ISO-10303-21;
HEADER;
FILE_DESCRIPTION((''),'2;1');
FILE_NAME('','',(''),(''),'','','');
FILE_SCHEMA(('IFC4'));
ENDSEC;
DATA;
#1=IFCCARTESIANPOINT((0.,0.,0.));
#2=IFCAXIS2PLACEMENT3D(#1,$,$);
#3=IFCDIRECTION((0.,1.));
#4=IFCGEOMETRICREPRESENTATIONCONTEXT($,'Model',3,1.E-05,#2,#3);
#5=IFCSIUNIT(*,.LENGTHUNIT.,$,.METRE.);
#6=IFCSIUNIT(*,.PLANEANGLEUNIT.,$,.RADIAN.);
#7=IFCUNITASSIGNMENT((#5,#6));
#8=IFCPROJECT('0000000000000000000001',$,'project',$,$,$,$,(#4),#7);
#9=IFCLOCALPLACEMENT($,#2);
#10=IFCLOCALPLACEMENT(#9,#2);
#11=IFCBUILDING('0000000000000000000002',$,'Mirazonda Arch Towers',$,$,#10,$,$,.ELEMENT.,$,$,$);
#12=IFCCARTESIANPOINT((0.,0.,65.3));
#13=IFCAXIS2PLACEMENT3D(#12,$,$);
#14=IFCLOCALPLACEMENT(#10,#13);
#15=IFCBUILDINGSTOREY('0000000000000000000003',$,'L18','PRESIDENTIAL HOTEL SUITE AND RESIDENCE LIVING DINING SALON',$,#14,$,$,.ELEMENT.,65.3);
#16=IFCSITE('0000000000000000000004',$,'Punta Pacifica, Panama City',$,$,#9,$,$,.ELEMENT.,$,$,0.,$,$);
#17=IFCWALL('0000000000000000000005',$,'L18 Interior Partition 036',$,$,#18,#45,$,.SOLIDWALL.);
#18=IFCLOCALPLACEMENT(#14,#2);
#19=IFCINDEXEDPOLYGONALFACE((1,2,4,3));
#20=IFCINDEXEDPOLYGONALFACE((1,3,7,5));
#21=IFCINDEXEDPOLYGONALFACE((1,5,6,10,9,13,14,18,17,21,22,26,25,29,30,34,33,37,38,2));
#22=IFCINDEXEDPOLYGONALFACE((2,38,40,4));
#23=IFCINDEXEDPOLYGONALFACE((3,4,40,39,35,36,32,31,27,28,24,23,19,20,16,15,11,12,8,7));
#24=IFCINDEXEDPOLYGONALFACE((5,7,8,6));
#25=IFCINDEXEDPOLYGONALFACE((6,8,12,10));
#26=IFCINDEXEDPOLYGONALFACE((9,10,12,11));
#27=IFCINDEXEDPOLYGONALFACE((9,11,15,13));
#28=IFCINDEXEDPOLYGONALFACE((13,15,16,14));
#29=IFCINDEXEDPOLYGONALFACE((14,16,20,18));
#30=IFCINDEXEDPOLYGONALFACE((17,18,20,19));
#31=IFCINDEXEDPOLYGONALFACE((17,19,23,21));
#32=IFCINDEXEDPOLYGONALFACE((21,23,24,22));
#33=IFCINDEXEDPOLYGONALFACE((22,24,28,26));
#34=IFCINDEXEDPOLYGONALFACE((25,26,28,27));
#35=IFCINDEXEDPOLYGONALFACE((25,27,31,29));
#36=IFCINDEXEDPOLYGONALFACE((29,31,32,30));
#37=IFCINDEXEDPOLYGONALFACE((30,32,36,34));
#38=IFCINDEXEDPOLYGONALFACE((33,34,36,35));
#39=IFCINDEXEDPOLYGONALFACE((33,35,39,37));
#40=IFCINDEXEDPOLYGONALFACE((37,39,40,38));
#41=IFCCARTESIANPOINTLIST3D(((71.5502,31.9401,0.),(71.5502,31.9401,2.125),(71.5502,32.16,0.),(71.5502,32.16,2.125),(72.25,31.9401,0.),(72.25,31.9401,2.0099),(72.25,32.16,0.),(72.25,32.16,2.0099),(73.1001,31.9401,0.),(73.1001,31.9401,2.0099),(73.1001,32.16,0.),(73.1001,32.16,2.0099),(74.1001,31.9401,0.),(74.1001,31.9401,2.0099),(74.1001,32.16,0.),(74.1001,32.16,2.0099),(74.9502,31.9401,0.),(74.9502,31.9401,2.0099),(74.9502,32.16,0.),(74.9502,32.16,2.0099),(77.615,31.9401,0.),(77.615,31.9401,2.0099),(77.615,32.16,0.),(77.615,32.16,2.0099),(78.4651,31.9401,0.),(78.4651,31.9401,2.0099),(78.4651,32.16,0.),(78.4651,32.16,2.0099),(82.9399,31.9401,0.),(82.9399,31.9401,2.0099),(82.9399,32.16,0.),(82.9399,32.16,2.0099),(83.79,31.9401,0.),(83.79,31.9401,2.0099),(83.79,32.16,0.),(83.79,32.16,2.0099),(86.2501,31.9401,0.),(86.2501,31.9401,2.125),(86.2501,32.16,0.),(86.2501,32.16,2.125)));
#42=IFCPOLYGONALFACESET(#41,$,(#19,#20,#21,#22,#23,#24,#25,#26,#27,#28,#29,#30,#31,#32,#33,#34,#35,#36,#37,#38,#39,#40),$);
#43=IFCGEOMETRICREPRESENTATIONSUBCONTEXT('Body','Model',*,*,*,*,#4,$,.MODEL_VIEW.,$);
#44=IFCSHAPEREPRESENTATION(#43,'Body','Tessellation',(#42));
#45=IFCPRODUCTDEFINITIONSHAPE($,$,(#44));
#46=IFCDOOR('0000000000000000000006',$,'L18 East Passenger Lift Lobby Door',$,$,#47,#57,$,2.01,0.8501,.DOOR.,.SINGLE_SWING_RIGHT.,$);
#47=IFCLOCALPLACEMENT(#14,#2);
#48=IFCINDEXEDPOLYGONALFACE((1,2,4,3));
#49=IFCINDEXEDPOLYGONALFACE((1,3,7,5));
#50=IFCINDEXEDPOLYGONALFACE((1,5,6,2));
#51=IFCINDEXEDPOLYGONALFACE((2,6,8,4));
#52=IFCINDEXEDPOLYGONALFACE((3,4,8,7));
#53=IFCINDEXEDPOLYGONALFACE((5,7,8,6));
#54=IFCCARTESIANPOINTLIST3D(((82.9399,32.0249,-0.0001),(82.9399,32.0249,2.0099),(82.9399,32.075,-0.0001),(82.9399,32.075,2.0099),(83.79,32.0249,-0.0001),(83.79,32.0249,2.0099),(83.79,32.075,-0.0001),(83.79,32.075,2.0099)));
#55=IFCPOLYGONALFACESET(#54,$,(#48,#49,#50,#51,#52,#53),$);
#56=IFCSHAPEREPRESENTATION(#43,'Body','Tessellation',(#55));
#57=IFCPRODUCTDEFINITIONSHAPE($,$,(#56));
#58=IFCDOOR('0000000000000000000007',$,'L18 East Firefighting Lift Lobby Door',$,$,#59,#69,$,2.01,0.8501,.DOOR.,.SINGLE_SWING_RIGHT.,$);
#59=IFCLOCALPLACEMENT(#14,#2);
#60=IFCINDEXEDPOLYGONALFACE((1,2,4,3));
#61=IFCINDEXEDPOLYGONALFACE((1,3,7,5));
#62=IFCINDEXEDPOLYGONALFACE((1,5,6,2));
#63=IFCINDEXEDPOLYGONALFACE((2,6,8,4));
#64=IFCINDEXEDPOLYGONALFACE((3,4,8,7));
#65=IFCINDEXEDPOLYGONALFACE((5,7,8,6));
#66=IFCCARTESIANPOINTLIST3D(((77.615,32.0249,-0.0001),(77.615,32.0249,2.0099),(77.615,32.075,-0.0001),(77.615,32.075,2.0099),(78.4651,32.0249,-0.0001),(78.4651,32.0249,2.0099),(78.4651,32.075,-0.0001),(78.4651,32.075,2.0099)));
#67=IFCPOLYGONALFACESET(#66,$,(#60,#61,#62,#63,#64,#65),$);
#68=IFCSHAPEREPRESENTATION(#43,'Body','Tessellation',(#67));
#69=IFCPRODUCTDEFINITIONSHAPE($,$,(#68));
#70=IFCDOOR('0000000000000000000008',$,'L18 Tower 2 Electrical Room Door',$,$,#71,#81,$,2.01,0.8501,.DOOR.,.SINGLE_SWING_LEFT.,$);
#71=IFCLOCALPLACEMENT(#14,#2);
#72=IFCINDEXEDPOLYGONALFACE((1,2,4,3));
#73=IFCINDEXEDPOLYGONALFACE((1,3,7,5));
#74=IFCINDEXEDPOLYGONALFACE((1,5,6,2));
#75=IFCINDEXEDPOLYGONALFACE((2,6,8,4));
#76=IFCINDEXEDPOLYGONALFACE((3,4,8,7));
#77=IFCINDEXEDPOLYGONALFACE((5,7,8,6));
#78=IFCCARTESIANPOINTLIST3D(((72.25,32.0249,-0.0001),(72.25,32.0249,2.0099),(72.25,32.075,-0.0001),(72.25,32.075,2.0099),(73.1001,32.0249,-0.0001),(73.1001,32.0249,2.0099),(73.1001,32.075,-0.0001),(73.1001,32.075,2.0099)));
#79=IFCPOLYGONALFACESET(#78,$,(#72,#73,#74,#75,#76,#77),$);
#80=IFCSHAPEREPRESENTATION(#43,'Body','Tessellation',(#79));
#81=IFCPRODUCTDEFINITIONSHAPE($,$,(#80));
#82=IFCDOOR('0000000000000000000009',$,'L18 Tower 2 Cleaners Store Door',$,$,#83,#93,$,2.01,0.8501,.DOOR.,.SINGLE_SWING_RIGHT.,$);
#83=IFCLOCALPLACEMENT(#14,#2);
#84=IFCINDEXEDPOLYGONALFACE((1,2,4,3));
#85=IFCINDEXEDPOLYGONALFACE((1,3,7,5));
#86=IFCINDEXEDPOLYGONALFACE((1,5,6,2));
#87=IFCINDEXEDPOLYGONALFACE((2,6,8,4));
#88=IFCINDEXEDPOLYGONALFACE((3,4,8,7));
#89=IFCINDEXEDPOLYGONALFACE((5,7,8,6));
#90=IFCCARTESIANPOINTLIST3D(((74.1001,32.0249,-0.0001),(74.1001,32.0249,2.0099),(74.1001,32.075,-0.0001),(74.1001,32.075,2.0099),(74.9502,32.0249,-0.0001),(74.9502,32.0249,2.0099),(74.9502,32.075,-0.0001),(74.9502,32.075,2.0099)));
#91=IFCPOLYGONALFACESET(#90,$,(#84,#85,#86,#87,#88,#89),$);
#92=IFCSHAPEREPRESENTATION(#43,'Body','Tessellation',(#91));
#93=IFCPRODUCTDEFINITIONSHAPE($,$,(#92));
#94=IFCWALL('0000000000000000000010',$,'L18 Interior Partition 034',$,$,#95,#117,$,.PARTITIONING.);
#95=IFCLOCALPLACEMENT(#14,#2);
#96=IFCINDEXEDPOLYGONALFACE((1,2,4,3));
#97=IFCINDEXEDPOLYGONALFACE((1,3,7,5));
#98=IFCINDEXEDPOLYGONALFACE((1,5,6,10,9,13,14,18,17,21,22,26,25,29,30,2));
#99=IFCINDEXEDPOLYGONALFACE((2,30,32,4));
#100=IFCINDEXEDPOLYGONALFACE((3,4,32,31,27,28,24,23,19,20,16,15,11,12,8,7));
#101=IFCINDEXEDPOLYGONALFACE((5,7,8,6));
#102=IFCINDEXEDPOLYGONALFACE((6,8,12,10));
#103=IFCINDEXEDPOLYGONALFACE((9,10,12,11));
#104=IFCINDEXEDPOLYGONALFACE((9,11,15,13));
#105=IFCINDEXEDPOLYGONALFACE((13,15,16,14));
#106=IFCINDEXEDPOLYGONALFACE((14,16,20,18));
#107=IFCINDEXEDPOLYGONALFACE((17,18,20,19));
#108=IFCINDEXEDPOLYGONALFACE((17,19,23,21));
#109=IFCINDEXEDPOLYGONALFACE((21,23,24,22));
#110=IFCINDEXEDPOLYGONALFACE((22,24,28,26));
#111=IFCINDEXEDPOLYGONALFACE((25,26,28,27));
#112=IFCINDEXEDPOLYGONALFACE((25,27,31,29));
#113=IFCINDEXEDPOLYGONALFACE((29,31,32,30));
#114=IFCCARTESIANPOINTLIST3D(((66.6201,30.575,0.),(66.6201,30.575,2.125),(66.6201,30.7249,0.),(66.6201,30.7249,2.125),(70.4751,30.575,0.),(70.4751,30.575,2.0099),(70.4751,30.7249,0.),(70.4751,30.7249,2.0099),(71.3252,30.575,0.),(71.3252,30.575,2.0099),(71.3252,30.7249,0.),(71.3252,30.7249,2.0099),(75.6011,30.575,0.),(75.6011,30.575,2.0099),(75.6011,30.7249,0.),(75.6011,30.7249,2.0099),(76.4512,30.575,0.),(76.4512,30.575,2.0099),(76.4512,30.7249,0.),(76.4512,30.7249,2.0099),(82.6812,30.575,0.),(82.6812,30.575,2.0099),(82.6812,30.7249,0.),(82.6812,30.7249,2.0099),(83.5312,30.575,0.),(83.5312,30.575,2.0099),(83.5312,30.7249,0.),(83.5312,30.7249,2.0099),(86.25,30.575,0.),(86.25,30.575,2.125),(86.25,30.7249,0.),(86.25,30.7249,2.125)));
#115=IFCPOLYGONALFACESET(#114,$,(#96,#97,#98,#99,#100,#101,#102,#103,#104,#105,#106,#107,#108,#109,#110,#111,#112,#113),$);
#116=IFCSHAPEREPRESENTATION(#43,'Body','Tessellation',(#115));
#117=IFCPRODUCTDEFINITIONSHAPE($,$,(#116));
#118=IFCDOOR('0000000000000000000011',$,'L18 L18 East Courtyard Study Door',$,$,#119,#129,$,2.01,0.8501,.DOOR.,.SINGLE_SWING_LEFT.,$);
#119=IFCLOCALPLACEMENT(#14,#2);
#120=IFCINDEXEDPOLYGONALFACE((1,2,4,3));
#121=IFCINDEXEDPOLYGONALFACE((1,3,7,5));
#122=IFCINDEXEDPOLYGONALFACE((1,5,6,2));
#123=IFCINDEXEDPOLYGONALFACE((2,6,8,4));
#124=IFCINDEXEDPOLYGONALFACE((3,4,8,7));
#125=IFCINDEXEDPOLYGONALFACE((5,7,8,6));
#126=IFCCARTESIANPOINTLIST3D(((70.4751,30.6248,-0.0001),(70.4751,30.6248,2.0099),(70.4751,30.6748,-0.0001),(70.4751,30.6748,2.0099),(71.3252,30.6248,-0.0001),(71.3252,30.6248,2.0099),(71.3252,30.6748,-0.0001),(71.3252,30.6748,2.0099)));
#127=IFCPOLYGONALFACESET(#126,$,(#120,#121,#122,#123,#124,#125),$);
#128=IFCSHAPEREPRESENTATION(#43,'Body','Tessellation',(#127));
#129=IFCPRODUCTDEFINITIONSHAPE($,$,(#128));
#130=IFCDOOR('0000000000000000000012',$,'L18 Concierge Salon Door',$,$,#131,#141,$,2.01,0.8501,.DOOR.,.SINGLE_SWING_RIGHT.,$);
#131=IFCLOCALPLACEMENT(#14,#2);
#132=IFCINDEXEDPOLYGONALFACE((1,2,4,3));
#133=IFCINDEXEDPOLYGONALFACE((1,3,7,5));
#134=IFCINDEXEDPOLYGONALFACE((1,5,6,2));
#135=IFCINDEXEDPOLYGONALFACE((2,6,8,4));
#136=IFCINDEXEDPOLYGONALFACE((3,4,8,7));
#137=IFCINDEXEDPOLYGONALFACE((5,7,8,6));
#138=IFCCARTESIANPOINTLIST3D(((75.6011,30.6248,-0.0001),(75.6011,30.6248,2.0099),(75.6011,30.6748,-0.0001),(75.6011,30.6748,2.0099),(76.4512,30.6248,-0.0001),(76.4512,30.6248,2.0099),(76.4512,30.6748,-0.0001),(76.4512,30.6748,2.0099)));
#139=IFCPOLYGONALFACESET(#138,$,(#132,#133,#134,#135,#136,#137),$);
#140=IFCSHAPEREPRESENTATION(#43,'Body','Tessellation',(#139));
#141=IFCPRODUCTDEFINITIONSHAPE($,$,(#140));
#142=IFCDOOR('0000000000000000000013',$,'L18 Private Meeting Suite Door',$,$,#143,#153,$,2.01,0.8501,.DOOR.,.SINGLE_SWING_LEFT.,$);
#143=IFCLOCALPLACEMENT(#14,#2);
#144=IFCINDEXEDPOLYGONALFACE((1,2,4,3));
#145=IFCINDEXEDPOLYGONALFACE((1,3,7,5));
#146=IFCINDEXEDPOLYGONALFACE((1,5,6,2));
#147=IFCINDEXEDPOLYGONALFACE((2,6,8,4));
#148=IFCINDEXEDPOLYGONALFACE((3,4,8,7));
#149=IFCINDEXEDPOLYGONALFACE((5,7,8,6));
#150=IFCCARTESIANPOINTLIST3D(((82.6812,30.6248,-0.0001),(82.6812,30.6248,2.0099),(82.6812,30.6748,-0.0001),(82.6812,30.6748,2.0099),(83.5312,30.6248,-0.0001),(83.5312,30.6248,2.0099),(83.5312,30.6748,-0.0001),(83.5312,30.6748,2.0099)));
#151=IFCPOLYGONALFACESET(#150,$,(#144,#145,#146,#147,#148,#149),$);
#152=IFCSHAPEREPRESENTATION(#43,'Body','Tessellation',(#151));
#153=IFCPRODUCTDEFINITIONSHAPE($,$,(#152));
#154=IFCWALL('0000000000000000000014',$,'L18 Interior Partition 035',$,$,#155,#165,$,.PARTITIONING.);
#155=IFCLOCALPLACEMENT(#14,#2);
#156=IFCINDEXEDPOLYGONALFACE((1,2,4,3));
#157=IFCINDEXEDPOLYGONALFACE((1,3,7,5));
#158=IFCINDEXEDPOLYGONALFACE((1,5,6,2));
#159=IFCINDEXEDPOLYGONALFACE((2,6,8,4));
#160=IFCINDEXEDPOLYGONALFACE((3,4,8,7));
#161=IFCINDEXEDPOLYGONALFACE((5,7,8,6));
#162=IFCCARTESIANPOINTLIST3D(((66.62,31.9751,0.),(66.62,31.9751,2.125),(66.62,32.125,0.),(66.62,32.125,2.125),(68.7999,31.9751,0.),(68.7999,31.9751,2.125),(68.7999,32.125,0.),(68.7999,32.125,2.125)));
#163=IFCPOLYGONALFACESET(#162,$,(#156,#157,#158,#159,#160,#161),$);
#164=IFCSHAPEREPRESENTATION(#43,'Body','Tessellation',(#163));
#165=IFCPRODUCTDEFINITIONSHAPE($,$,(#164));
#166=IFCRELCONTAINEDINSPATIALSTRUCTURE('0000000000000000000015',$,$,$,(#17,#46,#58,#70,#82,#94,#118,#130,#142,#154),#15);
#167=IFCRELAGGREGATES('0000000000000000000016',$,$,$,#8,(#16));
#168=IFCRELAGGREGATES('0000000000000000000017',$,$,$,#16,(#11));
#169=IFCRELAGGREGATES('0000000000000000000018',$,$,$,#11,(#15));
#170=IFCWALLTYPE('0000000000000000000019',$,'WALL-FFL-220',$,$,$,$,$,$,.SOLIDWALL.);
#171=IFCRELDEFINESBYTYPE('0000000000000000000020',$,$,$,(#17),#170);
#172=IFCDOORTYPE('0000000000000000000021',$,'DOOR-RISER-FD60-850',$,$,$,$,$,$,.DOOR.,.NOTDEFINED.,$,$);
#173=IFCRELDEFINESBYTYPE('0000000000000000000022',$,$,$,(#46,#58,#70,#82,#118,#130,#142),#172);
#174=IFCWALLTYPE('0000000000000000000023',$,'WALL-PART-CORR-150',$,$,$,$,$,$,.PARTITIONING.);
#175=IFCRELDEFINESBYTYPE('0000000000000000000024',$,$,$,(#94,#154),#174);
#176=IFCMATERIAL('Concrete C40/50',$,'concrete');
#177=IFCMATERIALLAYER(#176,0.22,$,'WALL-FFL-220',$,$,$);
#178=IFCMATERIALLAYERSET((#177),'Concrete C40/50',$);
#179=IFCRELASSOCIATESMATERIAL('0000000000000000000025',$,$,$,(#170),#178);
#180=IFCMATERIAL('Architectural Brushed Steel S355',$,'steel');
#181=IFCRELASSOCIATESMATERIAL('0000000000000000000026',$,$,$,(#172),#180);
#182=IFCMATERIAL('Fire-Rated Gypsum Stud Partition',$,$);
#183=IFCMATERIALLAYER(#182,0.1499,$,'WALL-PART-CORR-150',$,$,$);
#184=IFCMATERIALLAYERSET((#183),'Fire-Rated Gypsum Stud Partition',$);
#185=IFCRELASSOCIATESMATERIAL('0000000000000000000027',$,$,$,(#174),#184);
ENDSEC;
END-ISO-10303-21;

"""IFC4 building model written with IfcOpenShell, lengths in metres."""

from ifc_helpers import new_model, si_unit, direction, frame, frame_2d, origin, place, context, subcontext, project, spatial, rectangle, extrude, material, layer, layer_set, type_object, element, fill, save


model = new_model("IFC4")

# Units and contexts
model_context = context("Model", 3, precision=1e-05, world=origin(), true_north=direction((0.0, 1.0)))
body_context = subcontext(model_context, "Body", "Model", "MODEL_VIEW")
ifc_project = project(units=[si_unit("LENGTHUNIT", "METRE"), si_unit("PLANEANGLEUNIT", "RADIAN")], contexts=[model_context])

# Site, building, storey
site_placement = place(None, origin())
site = spatial("IfcSite", under=ifc_project, at=site_placement, Name="Punta Pacifica, Panama City", CompositionType="ELEMENT", RefElevation=0.0)
building_placement = place(site_placement, origin())
building = spatial("IfcBuilding", under=site, at=building_placement, Name="Mirazonda Arch Towers", CompositionType="ELEMENT")
storey_placement = place(building_placement, frame((0.0, 0.0, 65.3)))
storey = spatial("IfcBuildingStorey", under=building, at=storey_placement, Name="L18", Description="PRESIDENTIAL HOTEL SUITE AND RESIDENCE LIVING DINING SALON", CompositionType="ELEMENT", Elevation=65.3)

# Walls, openings, doors
ifc_material_1 = material(Name="Architectural Brushed Steel S355", Category="steel")
ifc_material_2 = material(Name="Concrete C40/50", Category="concrete")
ifc_layer_1 = layer(ifc_material_2, 0.22, Name="WALL-FFL-220")
ifc_layer_set_1 = layer_set([ifc_layer_1], Name="Concrete C40/50")
wall_type_1 = type_object("IfcWallType", Name="WALL-FFL-220", PredefinedType="SOLIDWALL", material=ifc_layer_set_1)
wall_1_placement = place(storey_placement, frame((71.55, 32.05, 0.0), z_axis=(0.0, 0.0, 1.0), x_axis=(1.0, 0.0, 0.0)))
wall_1 = element("IfcWall", 1, at=wall_1_placement, inside=storey, type_object=wall_type_1, Name="L18 Interior Partition 036", PredefinedType="SOLIDWALL", context=body_context, shape_type="SweptSolid", body=[
    extrude(rectangle(XDim=14.7, YDim=0.22, at=frame_2d((7.3501, 0.0))), origin(), (0.0, 0.0, 1.0), 2.125),
])
opening_1_placement = place(wall_1_placement, frame((11.3899, 0.0, 0.0)))
opening_1 = element("IfcOpeningElement", 2, at=opening_1_placement, cuts=wall_1, PredefinedType="OPENING", context=body_context, shape_type="SweptSolid", body=[
    extrude(rectangle(XDim=0.8501, YDim=2.01, at=frame_2d((0.425, 1.0049))), frame((0.0, 0.1199, 0.0), z_axis=(0.0, -1.0, 0.0), x_axis=(1.0, 0.0, 0.0)), (0.0, 0.0, 1.0), 0.24),
])
opening_2_placement = place(wall_1_placement, frame((6.0649, 0.0, 0.0)))
opening_2 = element("IfcOpeningElement", 3, at=opening_2_placement, cuts=wall_1, PredefinedType="OPENING", context=body_context, shape_type="SweptSolid", body=[
    extrude(rectangle(XDim=0.8501, YDim=2.01, at=frame_2d((0.425, 1.0049))), frame((0.0, 0.1199, 0.0), z_axis=(0.0, -1.0, 0.0), x_axis=(1.0, 0.0, 0.0)), (0.0, 0.0, 1.0), 0.24),
])
opening_3_placement = place(wall_1_placement, frame((0.7, 0.0, 0.0)))
opening_3 = element("IfcOpeningElement", 4, at=opening_3_placement, cuts=wall_1, PredefinedType="OPENING", context=body_context, shape_type="SweptSolid", body=[
    extrude(rectangle(XDim=0.8501, YDim=2.01, at=frame_2d((0.425, 1.0049))), frame((0.0, 0.1199, 0.0), z_axis=(0.0, -1.0, 0.0), x_axis=(1.0, 0.0, 0.0)), (0.0, 0.0, 1.0), 0.24),
])
opening_4_placement = place(wall_1_placement, frame((2.55, 0.0, 0.0)))
opening_4 = element("IfcOpeningElement", 5, at=opening_4_placement, cuts=wall_1, PredefinedType="OPENING", context=body_context, shape_type="SweptSolid", body=[
    extrude(rectangle(XDim=0.8501, YDim=2.01, at=frame_2d((0.425, 1.0049))), frame((0.0, 0.1199, 0.0), z_axis=(0.0, -1.0, 0.0), x_axis=(1.0, 0.0, 0.0)), (0.0, 0.0, 1.0), 0.24),
])
door_type_1 = type_object("IfcDoorType", Name="DOOR-RISER-FD60-850", OperationType="NOTDEFINED", PredefinedType="DOOR", material=ifc_material_1)
door_1_placement = place(opening_1_placement, origin())
door_1 = element("IfcDoor", 6, at=door_1_placement, inside=storey, type_object=door_type_1, Name="L18 East Passenger Lift Lobby Door", OperationType="SINGLE_SWING_RIGHT", OverallHeight=2.01, OverallWidth=0.8501, PredefinedType="DOOR", context=body_context, shape_type="SweptSolid", body=[
    extrude(rectangle(XDim=0.8501, YDim=2.01, at=frame_2d((0.425, 1.0049))), frame((0.0, 0.0249, 0.0), z_axis=(0.0, -1.0, 0.0), x_axis=(1.0, 0.0, 0.0)), (0.0, 0.0, 1.0), 0.05),
])
fill(opening_1, door_1)
door_2_placement = place(opening_2_placement, origin())
door_2 = element("IfcDoor", 7, at=door_2_placement, inside=storey, type_object=door_type_1, Name="L18 East Firefighting Lift Lobby Door", OperationType="SINGLE_SWING_RIGHT", OverallHeight=2.01, OverallWidth=0.8501, PredefinedType="DOOR", context=body_context, shape_type="SweptSolid", body=[
    extrude(rectangle(XDim=0.8501, YDim=2.01, at=frame_2d((0.425, 1.0049))), frame((0.0, 0.0249, 0.0), z_axis=(0.0, -1.0, 0.0), x_axis=(1.0, 0.0, 0.0)), (0.0, 0.0, 1.0), 0.05),
])
fill(opening_2, door_2)
door_3_placement = place(opening_3_placement, origin())
door_3 = element("IfcDoor", 8, at=door_3_placement, inside=storey, type_object=door_type_1, Name="L18 Tower 2 Electrical Room Door", OperationType="SINGLE_SWING_LEFT", OverallHeight=2.01, OverallWidth=0.8501, PredefinedType="DOOR", context=body_context, shape_type="SweptSolid", body=[
    extrude(rectangle(XDim=0.8501, YDim=2.01, at=frame_2d((0.425, 1.0049))), frame((0.0, 0.0249, 0.0), z_axis=(0.0, -1.0, 0.0), x_axis=(1.0, 0.0, 0.0)), (0.0, 0.0, 1.0), 0.05),
])
fill(opening_3, door_3)
door_4_placement = place(opening_4_placement, origin())
door_4 = element("IfcDoor", 9, at=door_4_placement, inside=storey, type_object=door_type_1, Name="L18 Tower 2 Cleaners Store Door", OperationType="SINGLE_SWING_RIGHT", OverallHeight=2.01, OverallWidth=0.8501, PredefinedType="DOOR", context=body_context, shape_type="SweptSolid", body=[
    extrude(rectangle(XDim=0.8501, YDim=2.01, at=frame_2d((0.425, 1.0049))), frame((0.0, 0.0249, 0.0), z_axis=(0.0, -1.0, 0.0), x_axis=(1.0, 0.0, 0.0)), (0.0, 0.0, 1.0), 0.05),
])
fill(opening_4, door_4)
ifc_material_3 = material(Name="Fire-Rated Gypsum Stud Partition")
ifc_layer_2 = layer(ifc_material_3, 0.1499, Name="WALL-PART-CORR-150")
ifc_layer_set_2 = layer_set([ifc_layer_2], Name="Fire-Rated Gypsum Stud Partition")
wall_type_2 = type_object("IfcWallType", Name="WALL-PART-CORR-150", PredefinedType="PARTITIONING", material=ifc_layer_set_2)
wall_2_placement = place(storey_placement, frame((66.6201, 30.6499, 0.0), z_axis=(0.0, 0.0, 1.0), x_axis=(1.0, 0.0, 0.0)))
wall_2 = element("IfcWall", 10, at=wall_2_placement, inside=storey, type_object=wall_type_2, Name="L18 Interior Partition 034", PredefinedType="PARTITIONING", context=body_context, shape_type="SweptSolid", body=[
    extrude(rectangle(XDim=19.6299, YDim=0.1499, at=frame_2d((9.8149, 0.0))), origin(), (0.0, 0.0, 1.0), 2.125),
])
opening_5_placement = place(wall_2_placement, frame((3.855, 0.0, 0.0)))
opening_5 = element("IfcOpeningElement", 11, at=opening_5_placement, cuts=wall_2, PredefinedType="OPENING", context=body_context, shape_type="SweptSolid", body=[
    extrude(rectangle(XDim=0.8501, YDim=2.01, at=frame_2d((0.425, 1.0049))), frame((0.0, 0.085, 0.0), z_axis=(0.0, -1.0, 0.0), x_axis=(1.0, 0.0, 0.0)), (0.0, 0.0, 1.0), 0.1699),
])
opening_6_placement = place(wall_2_placement, frame((8.981, 0.0, 0.0)))
opening_6 = element("IfcOpeningElement", 12, at=opening_6_placement, cuts=wall_2, PredefinedType="OPENING", context=body_context, shape_type="SweptSolid", body=[
    extrude(rectangle(XDim=0.8501, YDim=2.01, at=frame_2d((0.425, 1.0049))), frame((0.0, 0.085, 0.0), z_axis=(0.0, -1.0, 0.0), x_axis=(1.0, 0.0, 0.0)), (0.0, 0.0, 1.0), 0.1699),
])
opening_7_placement = place(wall_2_placement, frame((16.061, 0.0, 0.0)))
opening_7 = element("IfcOpeningElement", 13, at=opening_7_placement, cuts=wall_2, PredefinedType="OPENING", context=body_context, shape_type="SweptSolid", body=[
    extrude(rectangle(XDim=0.8501, YDim=2.01, at=frame_2d((0.425, 1.0049))), frame((0.0, 0.085, 0.0), z_axis=(0.0, -1.0, 0.0), x_axis=(1.0, 0.0, 0.0)), (0.0, 0.0, 1.0), 0.1699),
])
door_5_placement = place(opening_5_placement, origin())
door_5 = element("IfcDoor", 14, at=door_5_placement, inside=storey, type_object=door_type_1, Name="L18 L18 East Courtyard Study Door", OperationType="SINGLE_SWING_LEFT", OverallHeight=2.01, OverallWidth=0.8501, PredefinedType="DOOR", context=body_context, shape_type="SweptSolid", body=[
    extrude(rectangle(XDim=0.8501, YDim=2.01, at=frame_2d((0.425, 1.0049))), frame((0.0, 0.0249, 0.0), z_axis=(0.0, -1.0, 0.0), x_axis=(1.0, 0.0, 0.0)), (0.0, 0.0, 1.0), 0.05),
])
fill(opening_5, door_5)
door_6_placement = place(opening_6_placement, origin())
door_6 = element("IfcDoor", 15, at=door_6_placement, inside=storey, type_object=door_type_1, Name="L18 Concierge Salon Door", OperationType="SINGLE_SWING_RIGHT", OverallHeight=2.01, OverallWidth=0.8501, PredefinedType="DOOR", context=body_context, shape_type="SweptSolid", body=[
    extrude(rectangle(XDim=0.8501, YDim=2.01, at=frame_2d((0.425, 1.0049))), frame((0.0, 0.0249, 0.0), z_axis=(0.0, -1.0, 0.0), x_axis=(1.0, 0.0, 0.0)), (0.0, 0.0, 1.0), 0.05),
])
fill(opening_6, door_6)
door_7_placement = place(opening_7_placement, origin())
door_7 = element("IfcDoor", 16, at=door_7_placement, inside=storey, type_object=door_type_1, Name="L18 Private Meeting Suite Door", OperationType="SINGLE_SWING_LEFT", OverallHeight=2.01, OverallWidth=0.8501, PredefinedType="DOOR", context=body_context, shape_type="SweptSolid", body=[
    extrude(rectangle(XDim=0.8501, YDim=2.01, at=frame_2d((0.425, 1.0049))), frame((0.0, 0.0249, 0.0), z_axis=(0.0, -1.0, 0.0), x_axis=(1.0, 0.0, 0.0)), (0.0, 0.0, 1.0), 0.05),
])
fill(opening_7, door_7)

# Wall
wall_3_placement = place(storey_placement, frame((66.6201, 32.05, 0.0), z_axis=(0.0, 0.0, 1.0), x_axis=(1.0, 0.0, 0.0)))
element("IfcWall", 17, at=wall_3_placement, inside=storey, type_object=wall_type_2, Name="L18 Interior Partition 035", PredefinedType="PARTITIONING", context=body_context, shape_type="SweptSolid", body=[
    extrude(rectangle(XDim=2.1799, YDim=0.1499, at=frame_2d((1.0898, 0.0))), origin(), (0.0, 0.0, 1.0), 2.125),
])

save(model, "model.ifc")
